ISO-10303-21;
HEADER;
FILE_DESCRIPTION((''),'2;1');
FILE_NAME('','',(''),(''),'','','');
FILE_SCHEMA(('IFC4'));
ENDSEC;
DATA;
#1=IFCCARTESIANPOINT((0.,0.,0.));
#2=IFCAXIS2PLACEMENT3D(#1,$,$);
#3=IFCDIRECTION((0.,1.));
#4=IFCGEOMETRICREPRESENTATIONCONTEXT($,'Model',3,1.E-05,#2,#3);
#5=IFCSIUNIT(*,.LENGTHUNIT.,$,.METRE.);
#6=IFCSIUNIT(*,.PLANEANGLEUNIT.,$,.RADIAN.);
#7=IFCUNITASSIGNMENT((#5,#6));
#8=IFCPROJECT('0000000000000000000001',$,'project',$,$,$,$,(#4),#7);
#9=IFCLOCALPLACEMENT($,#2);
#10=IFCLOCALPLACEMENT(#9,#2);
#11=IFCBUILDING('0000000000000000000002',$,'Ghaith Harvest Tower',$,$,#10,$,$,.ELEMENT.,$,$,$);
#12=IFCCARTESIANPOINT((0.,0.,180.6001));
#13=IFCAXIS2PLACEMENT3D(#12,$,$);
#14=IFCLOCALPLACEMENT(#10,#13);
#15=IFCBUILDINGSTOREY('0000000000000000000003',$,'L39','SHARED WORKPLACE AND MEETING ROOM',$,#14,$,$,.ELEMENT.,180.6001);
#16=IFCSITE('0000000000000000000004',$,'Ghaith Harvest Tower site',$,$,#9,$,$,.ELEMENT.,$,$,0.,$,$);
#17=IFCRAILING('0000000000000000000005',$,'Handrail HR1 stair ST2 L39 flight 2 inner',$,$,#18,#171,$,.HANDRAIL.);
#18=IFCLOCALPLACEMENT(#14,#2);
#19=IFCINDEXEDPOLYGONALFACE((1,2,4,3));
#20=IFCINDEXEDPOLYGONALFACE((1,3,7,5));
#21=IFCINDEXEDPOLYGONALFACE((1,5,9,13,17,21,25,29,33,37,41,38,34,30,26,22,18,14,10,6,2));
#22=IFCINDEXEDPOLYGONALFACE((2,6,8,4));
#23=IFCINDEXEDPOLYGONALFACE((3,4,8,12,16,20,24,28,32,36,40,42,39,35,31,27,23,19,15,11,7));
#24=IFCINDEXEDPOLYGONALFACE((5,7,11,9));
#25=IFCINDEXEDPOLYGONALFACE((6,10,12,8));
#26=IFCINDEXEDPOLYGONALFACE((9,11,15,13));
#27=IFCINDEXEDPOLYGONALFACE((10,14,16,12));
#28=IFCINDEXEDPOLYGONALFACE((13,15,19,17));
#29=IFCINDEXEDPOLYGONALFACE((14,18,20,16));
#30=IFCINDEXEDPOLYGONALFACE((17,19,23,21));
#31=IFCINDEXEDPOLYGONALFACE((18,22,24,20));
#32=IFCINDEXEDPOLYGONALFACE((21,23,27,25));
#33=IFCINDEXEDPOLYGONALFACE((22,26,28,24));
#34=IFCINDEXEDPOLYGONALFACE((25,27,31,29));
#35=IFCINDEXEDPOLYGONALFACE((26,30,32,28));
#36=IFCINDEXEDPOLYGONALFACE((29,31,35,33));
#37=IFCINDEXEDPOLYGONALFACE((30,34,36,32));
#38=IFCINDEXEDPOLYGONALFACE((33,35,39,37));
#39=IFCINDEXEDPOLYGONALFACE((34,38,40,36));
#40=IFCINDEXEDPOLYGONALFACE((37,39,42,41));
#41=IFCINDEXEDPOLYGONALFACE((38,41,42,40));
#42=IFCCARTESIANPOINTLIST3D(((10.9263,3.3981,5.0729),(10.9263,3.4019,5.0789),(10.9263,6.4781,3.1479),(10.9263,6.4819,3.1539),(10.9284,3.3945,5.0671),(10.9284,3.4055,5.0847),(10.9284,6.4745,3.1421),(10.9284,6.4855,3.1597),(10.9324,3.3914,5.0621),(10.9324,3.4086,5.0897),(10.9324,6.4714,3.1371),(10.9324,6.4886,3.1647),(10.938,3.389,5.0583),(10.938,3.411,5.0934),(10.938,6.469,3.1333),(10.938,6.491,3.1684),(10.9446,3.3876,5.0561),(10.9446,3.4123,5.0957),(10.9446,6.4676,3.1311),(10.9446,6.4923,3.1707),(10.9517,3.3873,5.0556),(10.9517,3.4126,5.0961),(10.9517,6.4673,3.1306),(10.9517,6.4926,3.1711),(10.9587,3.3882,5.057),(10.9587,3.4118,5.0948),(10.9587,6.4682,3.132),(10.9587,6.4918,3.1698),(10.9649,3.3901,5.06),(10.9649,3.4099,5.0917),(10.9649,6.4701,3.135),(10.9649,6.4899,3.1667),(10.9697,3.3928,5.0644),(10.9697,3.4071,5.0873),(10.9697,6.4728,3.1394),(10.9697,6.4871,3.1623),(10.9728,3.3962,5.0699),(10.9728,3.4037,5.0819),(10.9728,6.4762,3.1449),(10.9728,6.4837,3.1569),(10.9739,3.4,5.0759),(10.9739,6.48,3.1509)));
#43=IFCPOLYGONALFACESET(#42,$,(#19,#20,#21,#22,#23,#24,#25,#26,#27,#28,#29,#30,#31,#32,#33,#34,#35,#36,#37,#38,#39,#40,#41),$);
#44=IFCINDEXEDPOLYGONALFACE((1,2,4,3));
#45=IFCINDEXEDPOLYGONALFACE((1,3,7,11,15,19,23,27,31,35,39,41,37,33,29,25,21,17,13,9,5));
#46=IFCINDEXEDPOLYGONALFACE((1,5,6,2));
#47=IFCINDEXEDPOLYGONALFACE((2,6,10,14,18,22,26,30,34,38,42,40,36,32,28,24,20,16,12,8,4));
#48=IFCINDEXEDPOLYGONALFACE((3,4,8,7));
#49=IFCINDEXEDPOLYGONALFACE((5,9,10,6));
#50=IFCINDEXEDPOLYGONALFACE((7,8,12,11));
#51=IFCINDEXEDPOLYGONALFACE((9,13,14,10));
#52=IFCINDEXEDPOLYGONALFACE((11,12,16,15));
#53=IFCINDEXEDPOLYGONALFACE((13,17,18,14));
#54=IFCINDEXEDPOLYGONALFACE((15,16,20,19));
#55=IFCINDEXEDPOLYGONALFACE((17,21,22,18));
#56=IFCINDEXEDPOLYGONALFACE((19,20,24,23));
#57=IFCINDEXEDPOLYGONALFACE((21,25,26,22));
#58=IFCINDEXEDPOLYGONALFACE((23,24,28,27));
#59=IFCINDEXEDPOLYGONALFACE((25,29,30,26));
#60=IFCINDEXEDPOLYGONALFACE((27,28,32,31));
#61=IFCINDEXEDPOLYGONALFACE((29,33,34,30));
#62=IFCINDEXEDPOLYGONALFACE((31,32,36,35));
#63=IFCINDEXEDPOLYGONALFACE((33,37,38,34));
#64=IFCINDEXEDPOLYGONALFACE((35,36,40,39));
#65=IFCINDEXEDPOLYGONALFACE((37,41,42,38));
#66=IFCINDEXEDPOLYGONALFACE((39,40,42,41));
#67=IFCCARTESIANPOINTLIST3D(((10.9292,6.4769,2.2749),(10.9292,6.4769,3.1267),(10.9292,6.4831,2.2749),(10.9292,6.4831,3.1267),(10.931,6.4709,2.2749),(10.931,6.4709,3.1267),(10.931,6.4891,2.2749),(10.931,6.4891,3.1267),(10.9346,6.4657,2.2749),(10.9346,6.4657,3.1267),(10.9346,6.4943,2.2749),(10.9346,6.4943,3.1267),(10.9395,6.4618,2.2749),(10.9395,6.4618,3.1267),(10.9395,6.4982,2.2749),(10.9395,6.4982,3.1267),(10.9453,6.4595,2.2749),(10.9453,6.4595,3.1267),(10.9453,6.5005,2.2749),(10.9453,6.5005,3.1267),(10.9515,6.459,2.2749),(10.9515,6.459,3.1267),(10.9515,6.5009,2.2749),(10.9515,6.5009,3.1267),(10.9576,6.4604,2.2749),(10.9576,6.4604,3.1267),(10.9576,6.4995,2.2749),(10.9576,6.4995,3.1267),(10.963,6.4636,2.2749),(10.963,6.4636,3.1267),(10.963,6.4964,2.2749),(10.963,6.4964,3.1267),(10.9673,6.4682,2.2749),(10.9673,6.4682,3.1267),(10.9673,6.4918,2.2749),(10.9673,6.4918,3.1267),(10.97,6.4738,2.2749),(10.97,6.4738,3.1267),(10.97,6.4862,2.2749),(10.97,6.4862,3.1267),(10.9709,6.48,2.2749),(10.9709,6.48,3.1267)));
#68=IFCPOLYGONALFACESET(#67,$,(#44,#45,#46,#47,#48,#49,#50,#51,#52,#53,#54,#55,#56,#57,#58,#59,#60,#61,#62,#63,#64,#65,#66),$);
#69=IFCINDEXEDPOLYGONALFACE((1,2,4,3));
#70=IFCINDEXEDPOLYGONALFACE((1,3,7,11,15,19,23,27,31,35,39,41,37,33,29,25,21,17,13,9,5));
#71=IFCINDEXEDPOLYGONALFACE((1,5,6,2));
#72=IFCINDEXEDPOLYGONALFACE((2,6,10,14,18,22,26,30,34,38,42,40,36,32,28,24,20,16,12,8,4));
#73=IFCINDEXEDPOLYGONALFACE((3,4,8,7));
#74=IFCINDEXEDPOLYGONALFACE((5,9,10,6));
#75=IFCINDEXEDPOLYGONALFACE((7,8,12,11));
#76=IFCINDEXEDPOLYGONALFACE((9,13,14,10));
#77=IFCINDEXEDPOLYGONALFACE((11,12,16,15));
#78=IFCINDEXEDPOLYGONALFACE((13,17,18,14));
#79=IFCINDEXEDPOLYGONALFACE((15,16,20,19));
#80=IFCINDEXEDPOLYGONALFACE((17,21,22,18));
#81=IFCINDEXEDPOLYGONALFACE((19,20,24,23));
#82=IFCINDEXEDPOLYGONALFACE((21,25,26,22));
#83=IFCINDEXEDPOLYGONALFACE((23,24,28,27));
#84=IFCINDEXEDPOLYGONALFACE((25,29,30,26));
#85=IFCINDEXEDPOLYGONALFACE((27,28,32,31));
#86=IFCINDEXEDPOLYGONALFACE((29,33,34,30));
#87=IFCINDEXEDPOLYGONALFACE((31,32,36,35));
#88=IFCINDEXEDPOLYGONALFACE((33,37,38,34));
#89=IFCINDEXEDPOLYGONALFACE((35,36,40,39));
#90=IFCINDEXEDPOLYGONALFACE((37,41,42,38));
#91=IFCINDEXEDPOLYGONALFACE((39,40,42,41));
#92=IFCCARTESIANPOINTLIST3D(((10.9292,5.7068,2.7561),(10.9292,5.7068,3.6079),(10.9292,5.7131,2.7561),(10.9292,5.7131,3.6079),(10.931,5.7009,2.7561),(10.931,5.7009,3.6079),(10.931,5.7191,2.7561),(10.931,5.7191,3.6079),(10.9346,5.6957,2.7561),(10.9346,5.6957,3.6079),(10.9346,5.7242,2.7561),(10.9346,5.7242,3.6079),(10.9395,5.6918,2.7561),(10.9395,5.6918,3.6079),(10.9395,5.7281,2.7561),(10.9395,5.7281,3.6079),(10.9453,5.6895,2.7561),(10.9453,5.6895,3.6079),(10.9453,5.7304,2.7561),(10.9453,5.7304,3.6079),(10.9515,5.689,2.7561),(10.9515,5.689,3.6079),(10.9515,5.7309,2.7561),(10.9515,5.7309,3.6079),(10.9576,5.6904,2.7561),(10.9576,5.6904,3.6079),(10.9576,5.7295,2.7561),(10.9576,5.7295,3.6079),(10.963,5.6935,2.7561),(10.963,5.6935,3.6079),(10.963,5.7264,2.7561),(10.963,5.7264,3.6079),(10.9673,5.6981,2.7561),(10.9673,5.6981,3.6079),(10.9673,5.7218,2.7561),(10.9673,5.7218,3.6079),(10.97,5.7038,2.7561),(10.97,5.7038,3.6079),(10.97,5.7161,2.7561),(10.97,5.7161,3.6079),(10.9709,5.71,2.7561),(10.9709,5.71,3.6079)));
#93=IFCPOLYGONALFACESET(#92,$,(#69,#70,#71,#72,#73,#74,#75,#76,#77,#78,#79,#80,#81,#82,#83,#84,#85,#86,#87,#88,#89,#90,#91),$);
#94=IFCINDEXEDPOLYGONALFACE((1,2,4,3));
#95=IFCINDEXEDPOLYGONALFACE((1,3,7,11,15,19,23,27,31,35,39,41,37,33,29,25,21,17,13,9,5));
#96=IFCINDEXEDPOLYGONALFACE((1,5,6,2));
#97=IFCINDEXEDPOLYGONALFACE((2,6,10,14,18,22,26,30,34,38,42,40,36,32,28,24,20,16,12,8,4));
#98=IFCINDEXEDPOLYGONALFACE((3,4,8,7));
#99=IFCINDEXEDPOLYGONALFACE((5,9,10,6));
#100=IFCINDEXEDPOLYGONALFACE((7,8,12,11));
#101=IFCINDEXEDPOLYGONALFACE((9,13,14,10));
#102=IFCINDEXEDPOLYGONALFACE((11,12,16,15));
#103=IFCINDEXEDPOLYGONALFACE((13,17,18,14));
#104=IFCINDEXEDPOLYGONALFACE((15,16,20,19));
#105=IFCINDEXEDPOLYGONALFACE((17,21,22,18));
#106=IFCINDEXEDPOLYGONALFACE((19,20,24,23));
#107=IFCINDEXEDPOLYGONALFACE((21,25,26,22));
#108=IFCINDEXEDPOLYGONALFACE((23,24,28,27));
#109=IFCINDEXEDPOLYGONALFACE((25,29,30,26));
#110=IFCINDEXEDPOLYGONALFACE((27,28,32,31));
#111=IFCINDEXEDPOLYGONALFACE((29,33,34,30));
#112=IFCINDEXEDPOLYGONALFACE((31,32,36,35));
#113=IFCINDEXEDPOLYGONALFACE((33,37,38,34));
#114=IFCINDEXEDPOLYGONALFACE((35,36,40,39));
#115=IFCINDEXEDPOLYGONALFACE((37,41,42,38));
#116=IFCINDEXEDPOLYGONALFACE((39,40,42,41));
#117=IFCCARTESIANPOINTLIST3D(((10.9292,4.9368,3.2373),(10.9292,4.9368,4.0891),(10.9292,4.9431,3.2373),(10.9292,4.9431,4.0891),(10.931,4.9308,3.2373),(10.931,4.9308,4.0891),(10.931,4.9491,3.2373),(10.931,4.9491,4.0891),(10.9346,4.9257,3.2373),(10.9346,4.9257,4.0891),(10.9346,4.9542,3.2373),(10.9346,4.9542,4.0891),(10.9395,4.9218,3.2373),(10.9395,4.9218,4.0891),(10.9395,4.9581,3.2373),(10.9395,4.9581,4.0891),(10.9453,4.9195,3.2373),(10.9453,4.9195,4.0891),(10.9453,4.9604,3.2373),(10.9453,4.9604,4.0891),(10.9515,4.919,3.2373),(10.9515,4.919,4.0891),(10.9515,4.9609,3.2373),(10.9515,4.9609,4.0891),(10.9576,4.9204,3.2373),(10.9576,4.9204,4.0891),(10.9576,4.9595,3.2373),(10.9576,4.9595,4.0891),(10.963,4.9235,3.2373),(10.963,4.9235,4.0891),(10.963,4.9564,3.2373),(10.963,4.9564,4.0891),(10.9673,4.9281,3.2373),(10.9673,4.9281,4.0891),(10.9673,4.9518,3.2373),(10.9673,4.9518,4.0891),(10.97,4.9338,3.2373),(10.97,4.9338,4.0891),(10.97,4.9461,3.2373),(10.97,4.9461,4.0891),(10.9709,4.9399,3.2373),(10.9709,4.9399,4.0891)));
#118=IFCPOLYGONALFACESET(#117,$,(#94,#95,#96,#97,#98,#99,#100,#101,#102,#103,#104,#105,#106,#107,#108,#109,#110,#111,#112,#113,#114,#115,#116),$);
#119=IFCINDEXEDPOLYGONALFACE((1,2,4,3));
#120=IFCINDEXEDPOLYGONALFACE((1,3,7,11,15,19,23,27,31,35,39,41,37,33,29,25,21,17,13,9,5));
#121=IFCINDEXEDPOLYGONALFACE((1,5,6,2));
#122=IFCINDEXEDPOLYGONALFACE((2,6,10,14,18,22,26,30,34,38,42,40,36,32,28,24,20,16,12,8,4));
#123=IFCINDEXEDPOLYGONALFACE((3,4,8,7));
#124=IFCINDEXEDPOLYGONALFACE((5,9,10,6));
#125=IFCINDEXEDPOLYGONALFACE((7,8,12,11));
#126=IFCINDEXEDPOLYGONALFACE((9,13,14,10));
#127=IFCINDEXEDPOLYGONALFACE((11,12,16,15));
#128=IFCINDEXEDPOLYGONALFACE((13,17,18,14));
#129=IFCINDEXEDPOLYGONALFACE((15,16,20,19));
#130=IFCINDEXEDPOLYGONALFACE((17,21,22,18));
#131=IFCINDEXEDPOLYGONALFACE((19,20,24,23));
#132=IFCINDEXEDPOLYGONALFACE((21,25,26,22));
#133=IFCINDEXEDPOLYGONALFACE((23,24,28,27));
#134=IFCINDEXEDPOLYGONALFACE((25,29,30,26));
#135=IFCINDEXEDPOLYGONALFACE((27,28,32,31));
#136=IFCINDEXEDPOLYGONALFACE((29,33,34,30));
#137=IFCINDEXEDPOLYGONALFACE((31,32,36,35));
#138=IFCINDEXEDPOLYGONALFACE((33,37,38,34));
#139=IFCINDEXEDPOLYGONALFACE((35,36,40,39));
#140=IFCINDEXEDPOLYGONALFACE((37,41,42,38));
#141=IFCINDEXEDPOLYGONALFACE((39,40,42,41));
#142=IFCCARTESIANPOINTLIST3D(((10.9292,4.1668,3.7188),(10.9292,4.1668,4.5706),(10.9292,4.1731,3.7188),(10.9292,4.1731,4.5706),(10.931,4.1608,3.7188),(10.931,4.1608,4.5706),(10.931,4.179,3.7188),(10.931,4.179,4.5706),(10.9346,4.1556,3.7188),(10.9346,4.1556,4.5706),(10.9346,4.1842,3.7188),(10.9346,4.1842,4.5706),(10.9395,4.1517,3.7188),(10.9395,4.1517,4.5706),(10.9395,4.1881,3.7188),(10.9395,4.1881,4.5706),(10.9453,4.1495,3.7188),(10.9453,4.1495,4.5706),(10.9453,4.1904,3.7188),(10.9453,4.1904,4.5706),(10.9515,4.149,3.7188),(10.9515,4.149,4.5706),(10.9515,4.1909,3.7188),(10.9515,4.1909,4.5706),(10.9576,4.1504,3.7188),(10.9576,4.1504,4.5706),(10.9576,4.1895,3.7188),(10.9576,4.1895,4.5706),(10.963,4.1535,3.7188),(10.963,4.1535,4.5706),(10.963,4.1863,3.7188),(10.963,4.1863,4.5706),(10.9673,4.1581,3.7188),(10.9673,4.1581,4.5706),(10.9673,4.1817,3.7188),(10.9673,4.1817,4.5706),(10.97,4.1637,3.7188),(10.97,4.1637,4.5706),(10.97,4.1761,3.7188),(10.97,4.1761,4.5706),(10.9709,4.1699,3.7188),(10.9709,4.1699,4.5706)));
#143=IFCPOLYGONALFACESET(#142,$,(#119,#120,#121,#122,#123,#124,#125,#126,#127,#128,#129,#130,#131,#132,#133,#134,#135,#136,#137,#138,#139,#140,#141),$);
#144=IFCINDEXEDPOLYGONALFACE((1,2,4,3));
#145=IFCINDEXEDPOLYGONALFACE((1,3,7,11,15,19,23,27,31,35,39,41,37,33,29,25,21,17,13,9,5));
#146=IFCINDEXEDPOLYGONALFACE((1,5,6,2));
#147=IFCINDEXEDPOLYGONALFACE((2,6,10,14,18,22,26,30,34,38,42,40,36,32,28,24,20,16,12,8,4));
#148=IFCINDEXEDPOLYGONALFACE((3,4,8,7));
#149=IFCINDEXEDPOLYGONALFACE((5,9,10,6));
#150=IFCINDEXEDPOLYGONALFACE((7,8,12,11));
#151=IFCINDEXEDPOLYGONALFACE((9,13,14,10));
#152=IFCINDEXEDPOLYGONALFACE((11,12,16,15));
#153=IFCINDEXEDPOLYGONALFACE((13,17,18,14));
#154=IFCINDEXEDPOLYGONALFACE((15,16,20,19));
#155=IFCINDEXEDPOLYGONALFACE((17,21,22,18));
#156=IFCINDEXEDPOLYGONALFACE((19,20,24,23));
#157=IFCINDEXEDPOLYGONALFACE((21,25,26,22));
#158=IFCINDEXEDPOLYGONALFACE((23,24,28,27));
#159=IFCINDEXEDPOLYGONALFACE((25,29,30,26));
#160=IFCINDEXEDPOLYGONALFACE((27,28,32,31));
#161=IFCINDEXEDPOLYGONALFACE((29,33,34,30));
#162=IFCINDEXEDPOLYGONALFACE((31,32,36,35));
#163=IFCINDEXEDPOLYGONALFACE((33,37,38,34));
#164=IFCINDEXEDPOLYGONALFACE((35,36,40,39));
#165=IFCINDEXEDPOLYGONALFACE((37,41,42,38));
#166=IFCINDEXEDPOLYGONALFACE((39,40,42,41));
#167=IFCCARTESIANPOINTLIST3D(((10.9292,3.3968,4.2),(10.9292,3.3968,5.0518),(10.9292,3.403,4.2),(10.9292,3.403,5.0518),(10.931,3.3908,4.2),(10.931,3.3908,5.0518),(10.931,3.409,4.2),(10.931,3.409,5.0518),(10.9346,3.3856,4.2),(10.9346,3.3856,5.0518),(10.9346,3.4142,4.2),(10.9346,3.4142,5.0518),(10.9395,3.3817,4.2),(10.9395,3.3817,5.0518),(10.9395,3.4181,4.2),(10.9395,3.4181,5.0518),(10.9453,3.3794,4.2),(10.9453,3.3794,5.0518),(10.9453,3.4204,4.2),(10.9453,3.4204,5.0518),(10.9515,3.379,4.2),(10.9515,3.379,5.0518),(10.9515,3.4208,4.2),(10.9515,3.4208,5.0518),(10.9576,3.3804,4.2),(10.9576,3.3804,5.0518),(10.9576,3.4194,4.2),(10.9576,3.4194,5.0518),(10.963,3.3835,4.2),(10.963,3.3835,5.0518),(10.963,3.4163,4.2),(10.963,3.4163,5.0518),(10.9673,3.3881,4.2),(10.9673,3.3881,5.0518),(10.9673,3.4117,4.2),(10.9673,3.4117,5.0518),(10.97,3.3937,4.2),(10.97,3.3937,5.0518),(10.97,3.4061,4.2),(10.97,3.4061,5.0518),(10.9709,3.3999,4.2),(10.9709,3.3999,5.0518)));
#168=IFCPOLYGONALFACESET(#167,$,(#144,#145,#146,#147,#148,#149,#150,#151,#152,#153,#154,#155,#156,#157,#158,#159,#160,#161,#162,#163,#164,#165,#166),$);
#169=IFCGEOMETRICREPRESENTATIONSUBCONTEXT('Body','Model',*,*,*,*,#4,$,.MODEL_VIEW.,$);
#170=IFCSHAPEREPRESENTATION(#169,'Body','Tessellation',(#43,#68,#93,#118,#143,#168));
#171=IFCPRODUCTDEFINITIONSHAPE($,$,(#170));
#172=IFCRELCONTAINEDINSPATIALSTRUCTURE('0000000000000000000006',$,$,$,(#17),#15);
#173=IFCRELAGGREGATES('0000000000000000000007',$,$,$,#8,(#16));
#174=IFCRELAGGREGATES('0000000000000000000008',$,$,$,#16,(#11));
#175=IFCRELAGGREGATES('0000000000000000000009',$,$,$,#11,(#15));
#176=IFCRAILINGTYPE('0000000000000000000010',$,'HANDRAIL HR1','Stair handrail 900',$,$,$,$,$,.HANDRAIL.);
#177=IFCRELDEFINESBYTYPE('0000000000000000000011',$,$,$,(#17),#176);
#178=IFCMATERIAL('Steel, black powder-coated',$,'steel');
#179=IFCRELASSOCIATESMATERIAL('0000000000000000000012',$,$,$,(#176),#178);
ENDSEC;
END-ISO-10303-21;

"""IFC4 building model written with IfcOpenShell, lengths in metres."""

from ifc_helpers import new_model, si_unit, direction, frame, origin, origin_2d, place, context, subcontext, project, spatial, circle, extrude, material, type_object, element, save


model = new_model("IFC4")

# Units and contexts
model_context = context("Model", 3, precision=1e-05, world=origin(), true_north=direction((0.0, 1.0)))
body_context = subcontext(model_context, "Body", "Model", "MODEL_VIEW")
ifc_project = project(units=[si_unit("LENGTHUNIT", "METRE"), si_unit("PLANEANGLEUNIT", "RADIAN")], contexts=[model_context])

# Site, building, storey
site_placement = place(None, origin())
site = spatial("IfcSite", under=ifc_project, at=site_placement, Name="Ghaith Harvest Tower site", CompositionType="ELEMENT", RefElevation=0.0)
building_placement = place(site_placement, origin())
building = spatial("IfcBuilding", under=site, at=building_placement, Name="Ghaith Harvest Tower", CompositionType="ELEMENT")
storey_placement = place(building_placement, frame((0.0, 0.0, 180.6001)))
storey = spatial("IfcBuildingStorey", under=building, at=storey_placement, Name="L39", Description="SHARED WORKPLACE AND MEETING ROOM", CompositionType="ELEMENT", Elevation=180.6001)

# Railing
ifc_material_1 = material(Name="Steel, black powder-coated", Category="steel")
railing_type = type_object("IfcRailingType", Name="HANDRAIL HR1", Description="Stair handrail 900", PredefinedType="HANDRAIL", material=ifc_material_1)
railing_1_placement = place(storey_placement, frame((10.95, 6.48, 2.2749)))
element("IfcRailing", 1, at=railing_1_placement, inside=storey, type_object=railing_type, Name="Handrail HR1 stair ST2 L39 flight 2 inner", PredefinedType="HANDRAIL", context=body_context, shape_type="SweptSolid", body=[
    extrude(circle(Radius=0.0239, at=origin_2d()), frame((0.0, 0.0, 0.876), z_axis=(0.0, -0.847998, 0.529999), x_axis=(1.0, 0.0, 0.0)), (0.0, 0.0, 1.0), 3.6321),
    extrude(circle(Radius=0.021, at=origin_2d()), origin(), (0.0, 0.0, 1.0), 0.8518),
    extrude(circle(Radius=0.021, at=origin_2d()), frame((0.0, -0.77, 0.4812)), (0.0, 0.0, 1.0), 0.8518),
    extrude(circle(Radius=0.021, at=origin_2d()), frame((0.0, -1.54, 0.9624)), (0.0, 0.0, 1.0), 0.8518),
    extrude(circle(Radius=0.021, at=origin_2d()), frame((0.0, -2.3101, 1.4438)), (0.0, 0.0, 1.0), 0.8518),
    extrude(circle(Radius=0.021, at=origin_2d()), frame((0.0, -3.0801, 1.925)), (0.0, 0.0, 1.0), 0.8518),
])

save(model, "model.ifc")
